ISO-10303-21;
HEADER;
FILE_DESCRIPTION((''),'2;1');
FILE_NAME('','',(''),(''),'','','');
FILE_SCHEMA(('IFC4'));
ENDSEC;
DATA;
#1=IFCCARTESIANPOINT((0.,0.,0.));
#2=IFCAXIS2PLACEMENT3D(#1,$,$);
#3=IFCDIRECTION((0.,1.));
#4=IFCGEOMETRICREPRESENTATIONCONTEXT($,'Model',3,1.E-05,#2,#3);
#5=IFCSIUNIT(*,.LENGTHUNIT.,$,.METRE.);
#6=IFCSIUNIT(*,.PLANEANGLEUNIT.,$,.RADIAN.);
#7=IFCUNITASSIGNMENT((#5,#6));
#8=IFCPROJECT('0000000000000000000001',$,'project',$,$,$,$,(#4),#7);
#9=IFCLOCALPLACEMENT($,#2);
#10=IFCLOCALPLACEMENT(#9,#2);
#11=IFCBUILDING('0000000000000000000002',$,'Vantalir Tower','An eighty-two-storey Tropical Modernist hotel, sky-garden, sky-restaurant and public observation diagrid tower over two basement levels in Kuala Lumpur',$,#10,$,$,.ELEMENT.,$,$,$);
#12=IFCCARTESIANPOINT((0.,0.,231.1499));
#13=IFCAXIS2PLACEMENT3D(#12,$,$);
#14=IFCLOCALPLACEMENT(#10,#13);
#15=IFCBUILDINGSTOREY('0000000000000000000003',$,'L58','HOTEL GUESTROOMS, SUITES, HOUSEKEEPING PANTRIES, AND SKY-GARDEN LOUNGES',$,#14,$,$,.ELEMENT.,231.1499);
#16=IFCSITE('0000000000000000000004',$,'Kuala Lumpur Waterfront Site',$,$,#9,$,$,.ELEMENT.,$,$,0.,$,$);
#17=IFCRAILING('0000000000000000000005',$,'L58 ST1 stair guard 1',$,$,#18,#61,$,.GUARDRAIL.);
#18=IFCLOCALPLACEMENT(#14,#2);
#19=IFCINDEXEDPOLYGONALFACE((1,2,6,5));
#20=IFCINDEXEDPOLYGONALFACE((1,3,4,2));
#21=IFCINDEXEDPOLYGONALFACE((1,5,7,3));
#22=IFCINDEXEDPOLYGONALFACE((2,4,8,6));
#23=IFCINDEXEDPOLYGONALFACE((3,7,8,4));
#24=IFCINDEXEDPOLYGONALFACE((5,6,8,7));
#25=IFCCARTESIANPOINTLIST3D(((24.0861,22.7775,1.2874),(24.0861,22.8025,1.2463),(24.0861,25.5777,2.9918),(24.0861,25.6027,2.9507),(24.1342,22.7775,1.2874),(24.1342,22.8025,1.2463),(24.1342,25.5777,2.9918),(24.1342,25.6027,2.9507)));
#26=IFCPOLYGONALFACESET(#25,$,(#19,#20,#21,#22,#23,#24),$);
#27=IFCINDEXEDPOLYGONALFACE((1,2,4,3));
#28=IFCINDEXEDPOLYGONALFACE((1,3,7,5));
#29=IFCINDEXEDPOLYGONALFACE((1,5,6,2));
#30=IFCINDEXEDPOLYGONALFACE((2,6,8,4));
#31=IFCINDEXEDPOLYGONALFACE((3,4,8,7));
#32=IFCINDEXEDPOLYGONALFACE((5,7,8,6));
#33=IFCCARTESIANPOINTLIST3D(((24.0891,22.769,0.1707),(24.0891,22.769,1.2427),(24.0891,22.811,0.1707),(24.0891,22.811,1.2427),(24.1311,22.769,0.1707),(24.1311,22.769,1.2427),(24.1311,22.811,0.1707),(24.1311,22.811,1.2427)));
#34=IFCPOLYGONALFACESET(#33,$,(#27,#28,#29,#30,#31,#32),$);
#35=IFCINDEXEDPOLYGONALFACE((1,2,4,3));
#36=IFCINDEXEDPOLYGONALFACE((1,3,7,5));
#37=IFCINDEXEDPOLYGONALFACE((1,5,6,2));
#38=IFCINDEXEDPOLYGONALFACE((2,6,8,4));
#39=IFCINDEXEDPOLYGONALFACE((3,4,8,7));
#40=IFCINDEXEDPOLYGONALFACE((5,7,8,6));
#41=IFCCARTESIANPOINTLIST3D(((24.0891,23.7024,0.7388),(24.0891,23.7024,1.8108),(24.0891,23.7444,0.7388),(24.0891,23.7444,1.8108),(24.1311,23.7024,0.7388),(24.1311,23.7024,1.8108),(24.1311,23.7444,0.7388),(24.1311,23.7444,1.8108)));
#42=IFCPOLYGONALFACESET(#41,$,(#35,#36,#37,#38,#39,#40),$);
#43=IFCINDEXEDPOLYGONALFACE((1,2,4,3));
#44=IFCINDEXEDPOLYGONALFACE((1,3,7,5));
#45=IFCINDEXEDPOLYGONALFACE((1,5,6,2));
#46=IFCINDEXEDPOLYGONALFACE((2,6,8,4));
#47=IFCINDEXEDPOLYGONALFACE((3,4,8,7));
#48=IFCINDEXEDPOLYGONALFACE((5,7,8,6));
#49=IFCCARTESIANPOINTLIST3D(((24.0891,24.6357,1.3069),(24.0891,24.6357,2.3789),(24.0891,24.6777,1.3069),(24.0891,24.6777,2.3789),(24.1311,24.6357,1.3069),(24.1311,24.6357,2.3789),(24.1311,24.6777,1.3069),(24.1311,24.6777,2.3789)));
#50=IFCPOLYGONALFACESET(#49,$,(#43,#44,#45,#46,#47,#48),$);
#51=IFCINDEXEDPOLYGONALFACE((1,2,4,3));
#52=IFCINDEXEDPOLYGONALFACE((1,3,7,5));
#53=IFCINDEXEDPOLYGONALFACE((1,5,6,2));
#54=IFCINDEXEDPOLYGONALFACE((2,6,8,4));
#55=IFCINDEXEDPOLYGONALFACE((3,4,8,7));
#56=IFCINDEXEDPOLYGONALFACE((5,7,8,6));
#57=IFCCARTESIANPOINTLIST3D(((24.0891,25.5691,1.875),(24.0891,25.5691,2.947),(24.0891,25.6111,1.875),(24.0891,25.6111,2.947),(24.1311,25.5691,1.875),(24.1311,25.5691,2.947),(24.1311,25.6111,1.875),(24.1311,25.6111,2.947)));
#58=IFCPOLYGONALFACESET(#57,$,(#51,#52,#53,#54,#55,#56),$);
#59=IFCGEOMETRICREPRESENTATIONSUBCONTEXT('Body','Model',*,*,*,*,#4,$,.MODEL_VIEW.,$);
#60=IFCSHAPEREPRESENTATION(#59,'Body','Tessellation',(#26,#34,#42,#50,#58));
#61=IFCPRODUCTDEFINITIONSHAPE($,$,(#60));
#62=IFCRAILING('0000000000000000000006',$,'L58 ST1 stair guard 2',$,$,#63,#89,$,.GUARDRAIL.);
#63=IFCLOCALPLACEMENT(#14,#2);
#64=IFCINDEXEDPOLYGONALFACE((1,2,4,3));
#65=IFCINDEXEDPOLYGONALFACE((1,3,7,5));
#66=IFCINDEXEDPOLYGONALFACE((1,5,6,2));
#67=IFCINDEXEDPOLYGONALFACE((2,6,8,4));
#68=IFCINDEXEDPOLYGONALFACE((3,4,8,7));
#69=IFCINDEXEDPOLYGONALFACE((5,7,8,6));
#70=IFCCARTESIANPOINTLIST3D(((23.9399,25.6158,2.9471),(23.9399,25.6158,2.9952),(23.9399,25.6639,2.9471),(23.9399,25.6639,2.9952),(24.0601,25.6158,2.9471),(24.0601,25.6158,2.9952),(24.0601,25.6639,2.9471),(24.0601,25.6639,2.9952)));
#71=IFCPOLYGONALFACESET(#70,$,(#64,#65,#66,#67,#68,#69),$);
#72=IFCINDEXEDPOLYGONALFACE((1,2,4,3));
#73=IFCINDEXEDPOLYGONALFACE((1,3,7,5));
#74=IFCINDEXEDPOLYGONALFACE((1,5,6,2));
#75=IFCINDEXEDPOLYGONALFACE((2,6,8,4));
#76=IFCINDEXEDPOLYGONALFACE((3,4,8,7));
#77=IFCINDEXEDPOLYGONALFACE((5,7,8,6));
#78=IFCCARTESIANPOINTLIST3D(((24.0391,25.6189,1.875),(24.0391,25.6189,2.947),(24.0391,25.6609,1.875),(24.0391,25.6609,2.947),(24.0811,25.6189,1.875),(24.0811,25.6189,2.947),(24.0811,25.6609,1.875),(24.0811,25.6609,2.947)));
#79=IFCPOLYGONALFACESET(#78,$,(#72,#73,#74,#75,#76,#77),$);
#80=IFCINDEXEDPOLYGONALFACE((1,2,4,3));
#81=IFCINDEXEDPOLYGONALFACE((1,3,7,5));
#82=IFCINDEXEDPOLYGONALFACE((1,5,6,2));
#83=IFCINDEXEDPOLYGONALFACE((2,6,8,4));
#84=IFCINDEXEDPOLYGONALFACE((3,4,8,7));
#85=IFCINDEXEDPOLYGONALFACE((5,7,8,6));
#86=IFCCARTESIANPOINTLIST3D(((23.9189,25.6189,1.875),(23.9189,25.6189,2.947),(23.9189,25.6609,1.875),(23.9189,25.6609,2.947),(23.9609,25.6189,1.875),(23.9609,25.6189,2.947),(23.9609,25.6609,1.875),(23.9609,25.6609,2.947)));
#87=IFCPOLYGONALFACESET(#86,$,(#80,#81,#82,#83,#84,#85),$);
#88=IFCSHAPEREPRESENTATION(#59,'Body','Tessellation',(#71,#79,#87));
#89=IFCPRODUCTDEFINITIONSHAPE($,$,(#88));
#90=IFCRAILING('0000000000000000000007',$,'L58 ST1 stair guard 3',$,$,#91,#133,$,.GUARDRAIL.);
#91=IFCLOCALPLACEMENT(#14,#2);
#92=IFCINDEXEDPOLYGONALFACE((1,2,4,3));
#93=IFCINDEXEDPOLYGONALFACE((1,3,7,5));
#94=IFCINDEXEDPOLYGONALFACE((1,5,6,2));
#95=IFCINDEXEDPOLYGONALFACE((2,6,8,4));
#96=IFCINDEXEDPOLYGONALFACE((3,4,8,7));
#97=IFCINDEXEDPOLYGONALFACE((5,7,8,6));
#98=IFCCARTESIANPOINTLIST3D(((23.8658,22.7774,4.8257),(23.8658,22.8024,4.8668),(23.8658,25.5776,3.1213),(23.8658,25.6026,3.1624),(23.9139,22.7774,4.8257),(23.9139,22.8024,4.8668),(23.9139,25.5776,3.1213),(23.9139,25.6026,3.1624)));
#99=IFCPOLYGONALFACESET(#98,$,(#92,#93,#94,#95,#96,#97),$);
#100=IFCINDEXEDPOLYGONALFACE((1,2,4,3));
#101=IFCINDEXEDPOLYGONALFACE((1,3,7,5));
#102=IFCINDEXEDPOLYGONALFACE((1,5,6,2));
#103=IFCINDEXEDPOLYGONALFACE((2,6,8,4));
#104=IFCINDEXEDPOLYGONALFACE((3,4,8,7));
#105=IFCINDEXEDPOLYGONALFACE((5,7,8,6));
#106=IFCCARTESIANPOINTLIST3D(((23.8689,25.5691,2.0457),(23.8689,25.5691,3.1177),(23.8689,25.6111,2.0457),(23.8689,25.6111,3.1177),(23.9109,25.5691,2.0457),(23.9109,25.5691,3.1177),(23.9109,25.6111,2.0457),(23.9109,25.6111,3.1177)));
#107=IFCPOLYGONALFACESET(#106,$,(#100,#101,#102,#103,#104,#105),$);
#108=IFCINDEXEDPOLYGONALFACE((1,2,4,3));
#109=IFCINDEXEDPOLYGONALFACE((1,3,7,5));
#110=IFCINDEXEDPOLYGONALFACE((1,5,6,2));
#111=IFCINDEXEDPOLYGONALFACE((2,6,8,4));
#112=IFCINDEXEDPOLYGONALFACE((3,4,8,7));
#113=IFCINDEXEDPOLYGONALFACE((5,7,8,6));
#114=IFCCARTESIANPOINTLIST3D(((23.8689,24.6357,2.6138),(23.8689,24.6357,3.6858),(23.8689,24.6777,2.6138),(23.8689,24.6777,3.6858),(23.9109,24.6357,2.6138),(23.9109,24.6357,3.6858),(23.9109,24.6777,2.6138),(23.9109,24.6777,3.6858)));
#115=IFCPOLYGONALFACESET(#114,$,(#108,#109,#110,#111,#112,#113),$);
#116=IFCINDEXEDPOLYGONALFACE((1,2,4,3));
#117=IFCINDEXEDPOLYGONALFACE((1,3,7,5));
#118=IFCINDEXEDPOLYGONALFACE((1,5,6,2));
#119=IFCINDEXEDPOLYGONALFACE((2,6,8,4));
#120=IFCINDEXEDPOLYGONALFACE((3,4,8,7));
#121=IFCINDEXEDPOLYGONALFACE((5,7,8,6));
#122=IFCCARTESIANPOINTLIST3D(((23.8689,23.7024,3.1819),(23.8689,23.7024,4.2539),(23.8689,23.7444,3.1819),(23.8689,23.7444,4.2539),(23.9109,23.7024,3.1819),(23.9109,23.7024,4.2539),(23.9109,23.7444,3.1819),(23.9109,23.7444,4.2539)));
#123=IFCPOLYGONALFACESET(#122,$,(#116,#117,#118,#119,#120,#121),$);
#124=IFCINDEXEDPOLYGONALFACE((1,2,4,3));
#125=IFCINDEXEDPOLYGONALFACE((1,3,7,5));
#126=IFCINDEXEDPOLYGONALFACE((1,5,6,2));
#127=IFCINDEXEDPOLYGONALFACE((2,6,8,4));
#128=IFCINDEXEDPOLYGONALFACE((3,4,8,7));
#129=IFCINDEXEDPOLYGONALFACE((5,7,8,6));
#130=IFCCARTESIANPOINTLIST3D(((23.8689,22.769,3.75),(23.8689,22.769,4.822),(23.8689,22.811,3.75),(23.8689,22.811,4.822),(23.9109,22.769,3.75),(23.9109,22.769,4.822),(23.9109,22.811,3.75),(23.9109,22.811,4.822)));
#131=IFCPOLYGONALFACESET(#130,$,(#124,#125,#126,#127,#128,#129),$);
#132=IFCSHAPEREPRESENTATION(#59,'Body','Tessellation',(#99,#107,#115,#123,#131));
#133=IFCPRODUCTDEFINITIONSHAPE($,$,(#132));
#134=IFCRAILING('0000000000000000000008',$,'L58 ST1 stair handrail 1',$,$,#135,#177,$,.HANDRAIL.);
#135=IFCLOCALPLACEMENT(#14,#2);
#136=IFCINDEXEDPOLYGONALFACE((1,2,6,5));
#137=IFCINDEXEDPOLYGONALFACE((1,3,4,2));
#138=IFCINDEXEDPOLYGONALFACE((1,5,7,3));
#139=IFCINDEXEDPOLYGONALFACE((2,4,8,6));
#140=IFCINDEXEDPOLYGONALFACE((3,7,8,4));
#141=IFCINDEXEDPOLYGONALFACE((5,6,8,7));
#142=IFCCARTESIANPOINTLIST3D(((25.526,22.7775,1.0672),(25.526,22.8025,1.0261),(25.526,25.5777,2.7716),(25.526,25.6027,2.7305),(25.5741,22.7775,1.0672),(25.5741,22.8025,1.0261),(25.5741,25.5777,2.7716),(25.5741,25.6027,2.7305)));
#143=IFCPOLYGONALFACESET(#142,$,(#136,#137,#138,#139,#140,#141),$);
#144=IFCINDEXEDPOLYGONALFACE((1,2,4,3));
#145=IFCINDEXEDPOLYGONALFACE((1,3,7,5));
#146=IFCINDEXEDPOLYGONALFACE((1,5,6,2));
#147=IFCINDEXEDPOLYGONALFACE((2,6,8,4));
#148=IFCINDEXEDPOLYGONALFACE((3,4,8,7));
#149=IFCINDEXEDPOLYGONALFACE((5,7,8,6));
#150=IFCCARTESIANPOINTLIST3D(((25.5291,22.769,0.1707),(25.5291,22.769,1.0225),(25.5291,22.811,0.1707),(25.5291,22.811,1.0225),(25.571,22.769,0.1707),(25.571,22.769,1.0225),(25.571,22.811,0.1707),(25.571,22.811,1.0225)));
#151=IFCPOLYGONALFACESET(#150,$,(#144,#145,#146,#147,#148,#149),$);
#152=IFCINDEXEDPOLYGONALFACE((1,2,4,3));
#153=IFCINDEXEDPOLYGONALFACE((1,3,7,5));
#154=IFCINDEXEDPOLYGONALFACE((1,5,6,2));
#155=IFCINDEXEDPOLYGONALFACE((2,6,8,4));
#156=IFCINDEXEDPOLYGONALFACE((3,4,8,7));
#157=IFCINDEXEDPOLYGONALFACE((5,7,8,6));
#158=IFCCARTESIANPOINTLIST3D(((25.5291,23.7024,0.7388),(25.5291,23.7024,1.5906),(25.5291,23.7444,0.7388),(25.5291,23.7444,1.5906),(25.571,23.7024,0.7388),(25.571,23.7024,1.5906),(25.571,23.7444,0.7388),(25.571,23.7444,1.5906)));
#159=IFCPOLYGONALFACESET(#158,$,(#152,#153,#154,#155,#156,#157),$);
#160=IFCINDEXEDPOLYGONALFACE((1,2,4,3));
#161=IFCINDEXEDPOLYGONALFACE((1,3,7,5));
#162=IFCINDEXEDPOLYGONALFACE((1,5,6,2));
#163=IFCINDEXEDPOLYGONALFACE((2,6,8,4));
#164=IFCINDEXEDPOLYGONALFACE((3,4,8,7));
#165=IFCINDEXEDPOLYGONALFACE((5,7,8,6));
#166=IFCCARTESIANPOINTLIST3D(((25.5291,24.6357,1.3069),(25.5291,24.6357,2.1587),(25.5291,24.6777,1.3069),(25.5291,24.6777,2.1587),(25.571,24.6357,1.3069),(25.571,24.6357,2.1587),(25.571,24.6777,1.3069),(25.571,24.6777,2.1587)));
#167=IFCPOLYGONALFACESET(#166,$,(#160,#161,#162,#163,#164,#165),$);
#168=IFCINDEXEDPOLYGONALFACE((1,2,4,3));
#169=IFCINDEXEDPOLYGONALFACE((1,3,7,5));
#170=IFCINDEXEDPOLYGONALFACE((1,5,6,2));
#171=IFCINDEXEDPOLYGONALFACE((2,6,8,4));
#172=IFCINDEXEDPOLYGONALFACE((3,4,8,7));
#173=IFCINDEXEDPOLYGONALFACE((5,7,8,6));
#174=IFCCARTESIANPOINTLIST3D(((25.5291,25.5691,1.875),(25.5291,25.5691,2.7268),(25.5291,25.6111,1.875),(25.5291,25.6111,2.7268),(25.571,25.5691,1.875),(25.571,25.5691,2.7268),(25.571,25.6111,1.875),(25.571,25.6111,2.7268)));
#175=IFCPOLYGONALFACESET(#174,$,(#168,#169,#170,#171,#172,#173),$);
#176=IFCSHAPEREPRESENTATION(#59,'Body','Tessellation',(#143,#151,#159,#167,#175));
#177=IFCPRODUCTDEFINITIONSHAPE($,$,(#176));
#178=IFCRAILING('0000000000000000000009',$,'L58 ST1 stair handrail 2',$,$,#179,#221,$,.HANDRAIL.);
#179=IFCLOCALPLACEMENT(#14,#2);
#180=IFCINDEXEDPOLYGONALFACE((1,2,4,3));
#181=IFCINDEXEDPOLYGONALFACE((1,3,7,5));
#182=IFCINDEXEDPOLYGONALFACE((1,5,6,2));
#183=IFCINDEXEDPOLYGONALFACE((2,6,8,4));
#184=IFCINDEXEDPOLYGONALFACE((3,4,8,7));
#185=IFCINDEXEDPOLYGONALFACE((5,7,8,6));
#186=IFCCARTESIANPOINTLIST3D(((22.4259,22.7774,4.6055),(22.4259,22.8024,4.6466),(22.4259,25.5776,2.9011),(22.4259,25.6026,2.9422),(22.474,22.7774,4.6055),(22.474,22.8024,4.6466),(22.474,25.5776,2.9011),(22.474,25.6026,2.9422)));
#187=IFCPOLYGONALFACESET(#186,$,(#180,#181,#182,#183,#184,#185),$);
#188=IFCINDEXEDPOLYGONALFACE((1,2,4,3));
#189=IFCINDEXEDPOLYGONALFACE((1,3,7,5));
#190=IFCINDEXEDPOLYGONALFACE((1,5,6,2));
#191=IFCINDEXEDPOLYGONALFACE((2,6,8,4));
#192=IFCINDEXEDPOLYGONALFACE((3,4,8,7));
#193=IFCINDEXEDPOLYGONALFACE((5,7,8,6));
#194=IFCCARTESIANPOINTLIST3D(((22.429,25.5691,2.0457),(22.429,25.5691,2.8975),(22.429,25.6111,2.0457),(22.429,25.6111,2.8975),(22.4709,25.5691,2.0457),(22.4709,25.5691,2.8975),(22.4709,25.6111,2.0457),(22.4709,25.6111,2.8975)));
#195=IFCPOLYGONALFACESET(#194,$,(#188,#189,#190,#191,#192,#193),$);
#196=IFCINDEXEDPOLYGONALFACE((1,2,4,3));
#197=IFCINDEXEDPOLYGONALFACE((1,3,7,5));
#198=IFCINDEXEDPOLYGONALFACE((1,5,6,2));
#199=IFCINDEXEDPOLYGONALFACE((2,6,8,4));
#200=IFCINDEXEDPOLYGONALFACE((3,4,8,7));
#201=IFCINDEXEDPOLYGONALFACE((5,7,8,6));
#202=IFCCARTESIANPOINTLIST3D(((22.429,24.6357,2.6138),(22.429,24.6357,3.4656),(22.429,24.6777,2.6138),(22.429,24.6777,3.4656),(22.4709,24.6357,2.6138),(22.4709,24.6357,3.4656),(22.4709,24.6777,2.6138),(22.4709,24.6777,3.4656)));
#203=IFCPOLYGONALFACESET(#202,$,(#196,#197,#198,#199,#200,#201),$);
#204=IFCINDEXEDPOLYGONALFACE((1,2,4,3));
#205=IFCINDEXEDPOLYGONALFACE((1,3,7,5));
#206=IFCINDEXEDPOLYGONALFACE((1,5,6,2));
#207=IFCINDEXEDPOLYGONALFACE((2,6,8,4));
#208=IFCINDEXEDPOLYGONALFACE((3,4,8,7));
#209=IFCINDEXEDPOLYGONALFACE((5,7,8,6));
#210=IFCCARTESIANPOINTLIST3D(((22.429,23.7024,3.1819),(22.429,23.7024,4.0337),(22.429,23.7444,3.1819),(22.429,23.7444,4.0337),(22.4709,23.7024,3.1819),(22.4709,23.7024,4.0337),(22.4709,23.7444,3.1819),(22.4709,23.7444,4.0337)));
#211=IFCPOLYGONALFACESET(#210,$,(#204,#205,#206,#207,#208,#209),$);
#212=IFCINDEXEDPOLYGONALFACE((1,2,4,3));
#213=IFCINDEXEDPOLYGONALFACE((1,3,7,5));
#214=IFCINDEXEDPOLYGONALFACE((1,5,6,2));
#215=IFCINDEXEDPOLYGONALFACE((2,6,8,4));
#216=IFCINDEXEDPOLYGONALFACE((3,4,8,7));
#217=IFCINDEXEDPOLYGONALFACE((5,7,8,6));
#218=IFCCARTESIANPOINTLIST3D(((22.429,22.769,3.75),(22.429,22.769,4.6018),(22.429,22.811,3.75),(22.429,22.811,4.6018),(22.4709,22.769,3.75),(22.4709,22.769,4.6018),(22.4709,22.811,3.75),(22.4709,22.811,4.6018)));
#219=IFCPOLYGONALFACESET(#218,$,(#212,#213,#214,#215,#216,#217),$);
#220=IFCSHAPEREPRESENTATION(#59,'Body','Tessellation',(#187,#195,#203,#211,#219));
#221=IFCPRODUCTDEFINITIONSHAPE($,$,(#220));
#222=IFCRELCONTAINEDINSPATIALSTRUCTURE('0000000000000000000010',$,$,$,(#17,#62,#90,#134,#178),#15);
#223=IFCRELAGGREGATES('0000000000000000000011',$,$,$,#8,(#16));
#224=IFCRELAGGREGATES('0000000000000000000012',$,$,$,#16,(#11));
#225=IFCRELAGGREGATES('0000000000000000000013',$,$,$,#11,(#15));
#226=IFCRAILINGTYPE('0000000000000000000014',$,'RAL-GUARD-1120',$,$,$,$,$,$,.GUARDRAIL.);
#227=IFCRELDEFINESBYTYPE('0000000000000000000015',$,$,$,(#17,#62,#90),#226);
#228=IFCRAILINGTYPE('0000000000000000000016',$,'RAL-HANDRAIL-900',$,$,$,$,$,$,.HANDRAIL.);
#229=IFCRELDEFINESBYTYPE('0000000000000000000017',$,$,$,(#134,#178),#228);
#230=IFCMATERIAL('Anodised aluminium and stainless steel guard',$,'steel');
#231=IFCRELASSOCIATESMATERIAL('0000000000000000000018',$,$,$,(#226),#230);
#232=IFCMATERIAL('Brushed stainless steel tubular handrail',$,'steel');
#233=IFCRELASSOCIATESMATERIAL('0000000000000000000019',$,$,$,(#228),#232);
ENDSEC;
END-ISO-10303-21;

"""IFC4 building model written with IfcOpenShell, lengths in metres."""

from ifc_helpers import new_model, si_unit, direction, frame, origin, origin_2d, place, context, subcontext, project, spatial, rectangle, extrude, material, type_object, element, save


model = new_model("IFC4")

# Units and contexts
model_context = context("Model", 3, precision=1e-05, world=origin(), true_north=direction((0.0, 1.0)))
body_context = subcontext(model_context, "Body", "Model", "MODEL_VIEW")
ifc_project = project(units=[si_unit("LENGTHUNIT", "METRE"), si_unit("PLANEANGLEUNIT", "RADIAN")], contexts=[model_context])

# Site, building, storey
site_placement = place(None, origin())
site = spatial("IfcSite", under=ifc_project, at=site_placement, Name="Kuala Lumpur Waterfront Site", CompositionType="ELEMENT", RefElevation=0.0)
building_placement = place(site_placement, origin())
building = spatial("IfcBuilding", under=site, at=building_placement, Name="Vantalir Tower", Description="An eighty-two-storey Tropical Modernist hotel, sky-garden, sky-restaurant and public observation diagrid tower over two basement levels in Kuala Lumpur", CompositionType="ELEMENT")
storey_placement = place(building_placement, frame((0.0, 0.0, 231.1499)))
storey = spatial("IfcBuildingStorey", under=building, at=storey_placement, Name="L58", Description="HOTEL GUESTROOMS, SUITES, HOUSEKEEPING PANTRIES, AND SKY-GARDEN LOUNGES", CompositionType="ELEMENT", Elevation=231.1499)

# Railings
ifc_material_1 = material(Name="Anodised aluminium and stainless steel guard", Category="steel")
railing_type_1 = type_object("IfcRailingType", Name="RAL-GUARD-1120", PredefinedType="GUARDRAIL", material=ifc_material_1)
railing_1_placement = place(storey_placement, frame((24.1101, 22.79, 0.1707)))
element("IfcRailing", 1, at=railing_1_placement, inside=storey, type_object=railing_type_1, Name="L58 ST1 stair guard 1", PredefinedType="GUARDRAIL", context=body_context, shape_type="SweptSolid", body=[
    extrude(rectangle(XDim=0.0481, YDim=0.0481, at=origin_2d()), frame((0.0, 0.0, 1.0962), z_axis=(0.0, 0.854203, 0.51994), x_axis=(-1.0, 0.0, 0.0)), (0.0, 0.0, 1.0), 3.2781),
    extrude(rectangle(XDim=0.042, YDim=0.042, at=origin_2d()), origin(), (0.0, 0.0, 1.0), 1.072),
    extrude(rectangle(XDim=0.042, YDim=0.042, at=origin_2d()), frame((0.0, 0.9333, 0.5681)), (0.0, 0.0, 1.0), 1.072),
    extrude(rectangle(XDim=0.042, YDim=0.042, at=origin_2d()), frame((0.0, 1.8667, 1.1362)), (0.0, 0.0, 1.0), 1.072),
    extrude(rectangle(XDim=0.042, YDim=0.042, at=origin_2d()), frame((0.0, 2.8, 1.7043)), (0.0, 0.0, 1.0), 1.072),
])
railing_2_placement = place(storey_placement, frame((24.0601, 25.6399, 1.875)))
element("IfcRailing", 2, at=railing_2_placement, inside=storey, type_object=railing_type_1, Name="L58 ST1 stair guard 2", PredefinedType="GUARDRAIL", context=body_context, shape_type="SweptSolid", body=[
    extrude(rectangle(XDim=0.0481, YDim=0.0481, at=origin_2d()), frame((0.0, 0.0, 1.0962), z_axis=(-1.0, 0.0, 0.0), x_axis=(0.0, -1.0, 0.0)), (0.0, 0.0, 1.0), 0.1201),
    extrude(rectangle(XDim=0.042, YDim=0.042, at=origin_2d()), origin(), (0.0, 0.0, 1.0), 1.072),
    extrude(rectangle(XDim=0.042, YDim=0.042, at=origin_2d()), frame((-0.1201, 0.0, 0.0)), (0.0, 0.0, 1.0), 1.072),
])
railing_3_placement = place(storey_placement, frame((23.8899, 25.5901, 2.0457)))
element("IfcRailing", 3, at=railing_3_placement, inside=storey, type_object=railing_type_1, Name="L58 ST1 stair guard 3", PredefinedType="GUARDRAIL", context=body_context, shape_type="SweptSolid", body=[
    extrude(rectangle(XDim=0.0481, YDim=0.0481, at=origin_2d()), frame((0.0, 0.0, 1.0962), z_axis=(0.0, -0.854203, 0.51994), x_axis=(1.0, 0.0, 0.0)), (0.0, 0.0, 1.0), 3.2781),
    extrude(rectangle(XDim=0.042, YDim=0.042, at=origin_2d()), origin(), (0.0, 0.0, 1.0), 1.072),
    extrude(rectangle(XDim=0.042, YDim=0.042, at=origin_2d()), frame((0.0, -0.9333, 0.5681)), (0.0, 0.0, 1.0), 1.072),
    extrude(rectangle(XDim=0.042, YDim=0.042, at=origin_2d()), frame((0.0, -1.8667, 1.1362)), (0.0, 0.0, 1.0), 1.072),
    extrude(rectangle(XDim=0.042, YDim=0.042, at=origin_2d()), frame((0.0, -2.8, 1.7043)), (0.0, 0.0, 1.0), 1.072),
])
ifc_material_2 = material(Name="Brushed stainless steel tubular handrail", Category="steel")
railing_type_2 = type_object("IfcRailingType", Name="RAL-HANDRAIL-900", PredefinedType="HANDRAIL", material=ifc_material_2)
railing_4_placement = place(storey_placement, frame((25.55, 22.79, 0.1707)))
element("IfcRailing", 4, at=railing_4_placement, inside=storey, type_object=railing_type_2, Name="L58 ST1 stair handrail 1", PredefinedType="HANDRAIL", context=body_context, shape_type="SweptSolid", body=[
    extrude(rectangle(XDim=0.0481, YDim=0.0481, at=origin_2d()), frame((0.0, 0.0, 0.876), z_axis=(0.0, 0.854203, 0.51994), x_axis=(-1.0, 0.0, 0.0)), (0.0, 0.0, 1.0), 3.2781),
    extrude(rectangle(XDim=0.042, YDim=0.042, at=origin_2d()), origin(), (0.0, 0.0, 1.0), 0.8518),
    extrude(rectangle(XDim=0.042, YDim=0.042, at=origin_2d()), frame((0.0, 0.9333, 0.5681)), (0.0, 0.0, 1.0), 0.8518),
    extrude(rectangle(XDim=0.042, YDim=0.042, at=origin_2d()), frame((0.0, 1.8667, 1.1362)), (0.0, 0.0, 1.0), 0.8518),
    extrude(rectangle(XDim=0.042, YDim=0.042, at=origin_2d()), frame((0.0, 2.8, 1.7043)), (0.0, 0.0, 1.0), 0.8518),
])
railing_5_placement = place(storey_placement, frame((22.45, 25.5901, 2.0457)))
element("IfcRailing", 5, at=railing_5_placement, inside=storey, type_object=railing_type_2, Name="L58 ST1 stair handrail 2", PredefinedType="HANDRAIL", context=body_context, shape_type="SweptSolid", body=[
    extrude(rectangle(XDim=0.0481, YDim=0.0481, at=origin_2d()), frame((0.0, 0.0, 0.876), z_axis=(0.0, -0.854203, 0.51994), x_axis=(1.0, 0.0, 0.0)), (0.0, 0.0, 1.0), 3.2781),
    extrude(rectangle(XDim=0.042, YDim=0.042, at=origin_2d()), origin(), (0.0, 0.0, 1.0), 0.8518),
    extrude(rectangle(XDim=0.042, YDim=0.042, at=origin_2d()), frame((0.0, -0.9333, 0.5681)), (0.0, 0.0, 1.0), 0.8518),
    extrude(rectangle(XDim=0.042, YDim=0.042, at=origin_2d()), frame((0.0, -1.8667, 1.1362)), (0.0, 0.0, 1.0), 0.8518),
    extrude(rectangle(XDim=0.042, YDim=0.042, at=origin_2d()), frame((0.0, -2.8, 1.7043)), (0.0, 0.0, 1.0), 0.8518),
])

save(model, "model.ifc")
